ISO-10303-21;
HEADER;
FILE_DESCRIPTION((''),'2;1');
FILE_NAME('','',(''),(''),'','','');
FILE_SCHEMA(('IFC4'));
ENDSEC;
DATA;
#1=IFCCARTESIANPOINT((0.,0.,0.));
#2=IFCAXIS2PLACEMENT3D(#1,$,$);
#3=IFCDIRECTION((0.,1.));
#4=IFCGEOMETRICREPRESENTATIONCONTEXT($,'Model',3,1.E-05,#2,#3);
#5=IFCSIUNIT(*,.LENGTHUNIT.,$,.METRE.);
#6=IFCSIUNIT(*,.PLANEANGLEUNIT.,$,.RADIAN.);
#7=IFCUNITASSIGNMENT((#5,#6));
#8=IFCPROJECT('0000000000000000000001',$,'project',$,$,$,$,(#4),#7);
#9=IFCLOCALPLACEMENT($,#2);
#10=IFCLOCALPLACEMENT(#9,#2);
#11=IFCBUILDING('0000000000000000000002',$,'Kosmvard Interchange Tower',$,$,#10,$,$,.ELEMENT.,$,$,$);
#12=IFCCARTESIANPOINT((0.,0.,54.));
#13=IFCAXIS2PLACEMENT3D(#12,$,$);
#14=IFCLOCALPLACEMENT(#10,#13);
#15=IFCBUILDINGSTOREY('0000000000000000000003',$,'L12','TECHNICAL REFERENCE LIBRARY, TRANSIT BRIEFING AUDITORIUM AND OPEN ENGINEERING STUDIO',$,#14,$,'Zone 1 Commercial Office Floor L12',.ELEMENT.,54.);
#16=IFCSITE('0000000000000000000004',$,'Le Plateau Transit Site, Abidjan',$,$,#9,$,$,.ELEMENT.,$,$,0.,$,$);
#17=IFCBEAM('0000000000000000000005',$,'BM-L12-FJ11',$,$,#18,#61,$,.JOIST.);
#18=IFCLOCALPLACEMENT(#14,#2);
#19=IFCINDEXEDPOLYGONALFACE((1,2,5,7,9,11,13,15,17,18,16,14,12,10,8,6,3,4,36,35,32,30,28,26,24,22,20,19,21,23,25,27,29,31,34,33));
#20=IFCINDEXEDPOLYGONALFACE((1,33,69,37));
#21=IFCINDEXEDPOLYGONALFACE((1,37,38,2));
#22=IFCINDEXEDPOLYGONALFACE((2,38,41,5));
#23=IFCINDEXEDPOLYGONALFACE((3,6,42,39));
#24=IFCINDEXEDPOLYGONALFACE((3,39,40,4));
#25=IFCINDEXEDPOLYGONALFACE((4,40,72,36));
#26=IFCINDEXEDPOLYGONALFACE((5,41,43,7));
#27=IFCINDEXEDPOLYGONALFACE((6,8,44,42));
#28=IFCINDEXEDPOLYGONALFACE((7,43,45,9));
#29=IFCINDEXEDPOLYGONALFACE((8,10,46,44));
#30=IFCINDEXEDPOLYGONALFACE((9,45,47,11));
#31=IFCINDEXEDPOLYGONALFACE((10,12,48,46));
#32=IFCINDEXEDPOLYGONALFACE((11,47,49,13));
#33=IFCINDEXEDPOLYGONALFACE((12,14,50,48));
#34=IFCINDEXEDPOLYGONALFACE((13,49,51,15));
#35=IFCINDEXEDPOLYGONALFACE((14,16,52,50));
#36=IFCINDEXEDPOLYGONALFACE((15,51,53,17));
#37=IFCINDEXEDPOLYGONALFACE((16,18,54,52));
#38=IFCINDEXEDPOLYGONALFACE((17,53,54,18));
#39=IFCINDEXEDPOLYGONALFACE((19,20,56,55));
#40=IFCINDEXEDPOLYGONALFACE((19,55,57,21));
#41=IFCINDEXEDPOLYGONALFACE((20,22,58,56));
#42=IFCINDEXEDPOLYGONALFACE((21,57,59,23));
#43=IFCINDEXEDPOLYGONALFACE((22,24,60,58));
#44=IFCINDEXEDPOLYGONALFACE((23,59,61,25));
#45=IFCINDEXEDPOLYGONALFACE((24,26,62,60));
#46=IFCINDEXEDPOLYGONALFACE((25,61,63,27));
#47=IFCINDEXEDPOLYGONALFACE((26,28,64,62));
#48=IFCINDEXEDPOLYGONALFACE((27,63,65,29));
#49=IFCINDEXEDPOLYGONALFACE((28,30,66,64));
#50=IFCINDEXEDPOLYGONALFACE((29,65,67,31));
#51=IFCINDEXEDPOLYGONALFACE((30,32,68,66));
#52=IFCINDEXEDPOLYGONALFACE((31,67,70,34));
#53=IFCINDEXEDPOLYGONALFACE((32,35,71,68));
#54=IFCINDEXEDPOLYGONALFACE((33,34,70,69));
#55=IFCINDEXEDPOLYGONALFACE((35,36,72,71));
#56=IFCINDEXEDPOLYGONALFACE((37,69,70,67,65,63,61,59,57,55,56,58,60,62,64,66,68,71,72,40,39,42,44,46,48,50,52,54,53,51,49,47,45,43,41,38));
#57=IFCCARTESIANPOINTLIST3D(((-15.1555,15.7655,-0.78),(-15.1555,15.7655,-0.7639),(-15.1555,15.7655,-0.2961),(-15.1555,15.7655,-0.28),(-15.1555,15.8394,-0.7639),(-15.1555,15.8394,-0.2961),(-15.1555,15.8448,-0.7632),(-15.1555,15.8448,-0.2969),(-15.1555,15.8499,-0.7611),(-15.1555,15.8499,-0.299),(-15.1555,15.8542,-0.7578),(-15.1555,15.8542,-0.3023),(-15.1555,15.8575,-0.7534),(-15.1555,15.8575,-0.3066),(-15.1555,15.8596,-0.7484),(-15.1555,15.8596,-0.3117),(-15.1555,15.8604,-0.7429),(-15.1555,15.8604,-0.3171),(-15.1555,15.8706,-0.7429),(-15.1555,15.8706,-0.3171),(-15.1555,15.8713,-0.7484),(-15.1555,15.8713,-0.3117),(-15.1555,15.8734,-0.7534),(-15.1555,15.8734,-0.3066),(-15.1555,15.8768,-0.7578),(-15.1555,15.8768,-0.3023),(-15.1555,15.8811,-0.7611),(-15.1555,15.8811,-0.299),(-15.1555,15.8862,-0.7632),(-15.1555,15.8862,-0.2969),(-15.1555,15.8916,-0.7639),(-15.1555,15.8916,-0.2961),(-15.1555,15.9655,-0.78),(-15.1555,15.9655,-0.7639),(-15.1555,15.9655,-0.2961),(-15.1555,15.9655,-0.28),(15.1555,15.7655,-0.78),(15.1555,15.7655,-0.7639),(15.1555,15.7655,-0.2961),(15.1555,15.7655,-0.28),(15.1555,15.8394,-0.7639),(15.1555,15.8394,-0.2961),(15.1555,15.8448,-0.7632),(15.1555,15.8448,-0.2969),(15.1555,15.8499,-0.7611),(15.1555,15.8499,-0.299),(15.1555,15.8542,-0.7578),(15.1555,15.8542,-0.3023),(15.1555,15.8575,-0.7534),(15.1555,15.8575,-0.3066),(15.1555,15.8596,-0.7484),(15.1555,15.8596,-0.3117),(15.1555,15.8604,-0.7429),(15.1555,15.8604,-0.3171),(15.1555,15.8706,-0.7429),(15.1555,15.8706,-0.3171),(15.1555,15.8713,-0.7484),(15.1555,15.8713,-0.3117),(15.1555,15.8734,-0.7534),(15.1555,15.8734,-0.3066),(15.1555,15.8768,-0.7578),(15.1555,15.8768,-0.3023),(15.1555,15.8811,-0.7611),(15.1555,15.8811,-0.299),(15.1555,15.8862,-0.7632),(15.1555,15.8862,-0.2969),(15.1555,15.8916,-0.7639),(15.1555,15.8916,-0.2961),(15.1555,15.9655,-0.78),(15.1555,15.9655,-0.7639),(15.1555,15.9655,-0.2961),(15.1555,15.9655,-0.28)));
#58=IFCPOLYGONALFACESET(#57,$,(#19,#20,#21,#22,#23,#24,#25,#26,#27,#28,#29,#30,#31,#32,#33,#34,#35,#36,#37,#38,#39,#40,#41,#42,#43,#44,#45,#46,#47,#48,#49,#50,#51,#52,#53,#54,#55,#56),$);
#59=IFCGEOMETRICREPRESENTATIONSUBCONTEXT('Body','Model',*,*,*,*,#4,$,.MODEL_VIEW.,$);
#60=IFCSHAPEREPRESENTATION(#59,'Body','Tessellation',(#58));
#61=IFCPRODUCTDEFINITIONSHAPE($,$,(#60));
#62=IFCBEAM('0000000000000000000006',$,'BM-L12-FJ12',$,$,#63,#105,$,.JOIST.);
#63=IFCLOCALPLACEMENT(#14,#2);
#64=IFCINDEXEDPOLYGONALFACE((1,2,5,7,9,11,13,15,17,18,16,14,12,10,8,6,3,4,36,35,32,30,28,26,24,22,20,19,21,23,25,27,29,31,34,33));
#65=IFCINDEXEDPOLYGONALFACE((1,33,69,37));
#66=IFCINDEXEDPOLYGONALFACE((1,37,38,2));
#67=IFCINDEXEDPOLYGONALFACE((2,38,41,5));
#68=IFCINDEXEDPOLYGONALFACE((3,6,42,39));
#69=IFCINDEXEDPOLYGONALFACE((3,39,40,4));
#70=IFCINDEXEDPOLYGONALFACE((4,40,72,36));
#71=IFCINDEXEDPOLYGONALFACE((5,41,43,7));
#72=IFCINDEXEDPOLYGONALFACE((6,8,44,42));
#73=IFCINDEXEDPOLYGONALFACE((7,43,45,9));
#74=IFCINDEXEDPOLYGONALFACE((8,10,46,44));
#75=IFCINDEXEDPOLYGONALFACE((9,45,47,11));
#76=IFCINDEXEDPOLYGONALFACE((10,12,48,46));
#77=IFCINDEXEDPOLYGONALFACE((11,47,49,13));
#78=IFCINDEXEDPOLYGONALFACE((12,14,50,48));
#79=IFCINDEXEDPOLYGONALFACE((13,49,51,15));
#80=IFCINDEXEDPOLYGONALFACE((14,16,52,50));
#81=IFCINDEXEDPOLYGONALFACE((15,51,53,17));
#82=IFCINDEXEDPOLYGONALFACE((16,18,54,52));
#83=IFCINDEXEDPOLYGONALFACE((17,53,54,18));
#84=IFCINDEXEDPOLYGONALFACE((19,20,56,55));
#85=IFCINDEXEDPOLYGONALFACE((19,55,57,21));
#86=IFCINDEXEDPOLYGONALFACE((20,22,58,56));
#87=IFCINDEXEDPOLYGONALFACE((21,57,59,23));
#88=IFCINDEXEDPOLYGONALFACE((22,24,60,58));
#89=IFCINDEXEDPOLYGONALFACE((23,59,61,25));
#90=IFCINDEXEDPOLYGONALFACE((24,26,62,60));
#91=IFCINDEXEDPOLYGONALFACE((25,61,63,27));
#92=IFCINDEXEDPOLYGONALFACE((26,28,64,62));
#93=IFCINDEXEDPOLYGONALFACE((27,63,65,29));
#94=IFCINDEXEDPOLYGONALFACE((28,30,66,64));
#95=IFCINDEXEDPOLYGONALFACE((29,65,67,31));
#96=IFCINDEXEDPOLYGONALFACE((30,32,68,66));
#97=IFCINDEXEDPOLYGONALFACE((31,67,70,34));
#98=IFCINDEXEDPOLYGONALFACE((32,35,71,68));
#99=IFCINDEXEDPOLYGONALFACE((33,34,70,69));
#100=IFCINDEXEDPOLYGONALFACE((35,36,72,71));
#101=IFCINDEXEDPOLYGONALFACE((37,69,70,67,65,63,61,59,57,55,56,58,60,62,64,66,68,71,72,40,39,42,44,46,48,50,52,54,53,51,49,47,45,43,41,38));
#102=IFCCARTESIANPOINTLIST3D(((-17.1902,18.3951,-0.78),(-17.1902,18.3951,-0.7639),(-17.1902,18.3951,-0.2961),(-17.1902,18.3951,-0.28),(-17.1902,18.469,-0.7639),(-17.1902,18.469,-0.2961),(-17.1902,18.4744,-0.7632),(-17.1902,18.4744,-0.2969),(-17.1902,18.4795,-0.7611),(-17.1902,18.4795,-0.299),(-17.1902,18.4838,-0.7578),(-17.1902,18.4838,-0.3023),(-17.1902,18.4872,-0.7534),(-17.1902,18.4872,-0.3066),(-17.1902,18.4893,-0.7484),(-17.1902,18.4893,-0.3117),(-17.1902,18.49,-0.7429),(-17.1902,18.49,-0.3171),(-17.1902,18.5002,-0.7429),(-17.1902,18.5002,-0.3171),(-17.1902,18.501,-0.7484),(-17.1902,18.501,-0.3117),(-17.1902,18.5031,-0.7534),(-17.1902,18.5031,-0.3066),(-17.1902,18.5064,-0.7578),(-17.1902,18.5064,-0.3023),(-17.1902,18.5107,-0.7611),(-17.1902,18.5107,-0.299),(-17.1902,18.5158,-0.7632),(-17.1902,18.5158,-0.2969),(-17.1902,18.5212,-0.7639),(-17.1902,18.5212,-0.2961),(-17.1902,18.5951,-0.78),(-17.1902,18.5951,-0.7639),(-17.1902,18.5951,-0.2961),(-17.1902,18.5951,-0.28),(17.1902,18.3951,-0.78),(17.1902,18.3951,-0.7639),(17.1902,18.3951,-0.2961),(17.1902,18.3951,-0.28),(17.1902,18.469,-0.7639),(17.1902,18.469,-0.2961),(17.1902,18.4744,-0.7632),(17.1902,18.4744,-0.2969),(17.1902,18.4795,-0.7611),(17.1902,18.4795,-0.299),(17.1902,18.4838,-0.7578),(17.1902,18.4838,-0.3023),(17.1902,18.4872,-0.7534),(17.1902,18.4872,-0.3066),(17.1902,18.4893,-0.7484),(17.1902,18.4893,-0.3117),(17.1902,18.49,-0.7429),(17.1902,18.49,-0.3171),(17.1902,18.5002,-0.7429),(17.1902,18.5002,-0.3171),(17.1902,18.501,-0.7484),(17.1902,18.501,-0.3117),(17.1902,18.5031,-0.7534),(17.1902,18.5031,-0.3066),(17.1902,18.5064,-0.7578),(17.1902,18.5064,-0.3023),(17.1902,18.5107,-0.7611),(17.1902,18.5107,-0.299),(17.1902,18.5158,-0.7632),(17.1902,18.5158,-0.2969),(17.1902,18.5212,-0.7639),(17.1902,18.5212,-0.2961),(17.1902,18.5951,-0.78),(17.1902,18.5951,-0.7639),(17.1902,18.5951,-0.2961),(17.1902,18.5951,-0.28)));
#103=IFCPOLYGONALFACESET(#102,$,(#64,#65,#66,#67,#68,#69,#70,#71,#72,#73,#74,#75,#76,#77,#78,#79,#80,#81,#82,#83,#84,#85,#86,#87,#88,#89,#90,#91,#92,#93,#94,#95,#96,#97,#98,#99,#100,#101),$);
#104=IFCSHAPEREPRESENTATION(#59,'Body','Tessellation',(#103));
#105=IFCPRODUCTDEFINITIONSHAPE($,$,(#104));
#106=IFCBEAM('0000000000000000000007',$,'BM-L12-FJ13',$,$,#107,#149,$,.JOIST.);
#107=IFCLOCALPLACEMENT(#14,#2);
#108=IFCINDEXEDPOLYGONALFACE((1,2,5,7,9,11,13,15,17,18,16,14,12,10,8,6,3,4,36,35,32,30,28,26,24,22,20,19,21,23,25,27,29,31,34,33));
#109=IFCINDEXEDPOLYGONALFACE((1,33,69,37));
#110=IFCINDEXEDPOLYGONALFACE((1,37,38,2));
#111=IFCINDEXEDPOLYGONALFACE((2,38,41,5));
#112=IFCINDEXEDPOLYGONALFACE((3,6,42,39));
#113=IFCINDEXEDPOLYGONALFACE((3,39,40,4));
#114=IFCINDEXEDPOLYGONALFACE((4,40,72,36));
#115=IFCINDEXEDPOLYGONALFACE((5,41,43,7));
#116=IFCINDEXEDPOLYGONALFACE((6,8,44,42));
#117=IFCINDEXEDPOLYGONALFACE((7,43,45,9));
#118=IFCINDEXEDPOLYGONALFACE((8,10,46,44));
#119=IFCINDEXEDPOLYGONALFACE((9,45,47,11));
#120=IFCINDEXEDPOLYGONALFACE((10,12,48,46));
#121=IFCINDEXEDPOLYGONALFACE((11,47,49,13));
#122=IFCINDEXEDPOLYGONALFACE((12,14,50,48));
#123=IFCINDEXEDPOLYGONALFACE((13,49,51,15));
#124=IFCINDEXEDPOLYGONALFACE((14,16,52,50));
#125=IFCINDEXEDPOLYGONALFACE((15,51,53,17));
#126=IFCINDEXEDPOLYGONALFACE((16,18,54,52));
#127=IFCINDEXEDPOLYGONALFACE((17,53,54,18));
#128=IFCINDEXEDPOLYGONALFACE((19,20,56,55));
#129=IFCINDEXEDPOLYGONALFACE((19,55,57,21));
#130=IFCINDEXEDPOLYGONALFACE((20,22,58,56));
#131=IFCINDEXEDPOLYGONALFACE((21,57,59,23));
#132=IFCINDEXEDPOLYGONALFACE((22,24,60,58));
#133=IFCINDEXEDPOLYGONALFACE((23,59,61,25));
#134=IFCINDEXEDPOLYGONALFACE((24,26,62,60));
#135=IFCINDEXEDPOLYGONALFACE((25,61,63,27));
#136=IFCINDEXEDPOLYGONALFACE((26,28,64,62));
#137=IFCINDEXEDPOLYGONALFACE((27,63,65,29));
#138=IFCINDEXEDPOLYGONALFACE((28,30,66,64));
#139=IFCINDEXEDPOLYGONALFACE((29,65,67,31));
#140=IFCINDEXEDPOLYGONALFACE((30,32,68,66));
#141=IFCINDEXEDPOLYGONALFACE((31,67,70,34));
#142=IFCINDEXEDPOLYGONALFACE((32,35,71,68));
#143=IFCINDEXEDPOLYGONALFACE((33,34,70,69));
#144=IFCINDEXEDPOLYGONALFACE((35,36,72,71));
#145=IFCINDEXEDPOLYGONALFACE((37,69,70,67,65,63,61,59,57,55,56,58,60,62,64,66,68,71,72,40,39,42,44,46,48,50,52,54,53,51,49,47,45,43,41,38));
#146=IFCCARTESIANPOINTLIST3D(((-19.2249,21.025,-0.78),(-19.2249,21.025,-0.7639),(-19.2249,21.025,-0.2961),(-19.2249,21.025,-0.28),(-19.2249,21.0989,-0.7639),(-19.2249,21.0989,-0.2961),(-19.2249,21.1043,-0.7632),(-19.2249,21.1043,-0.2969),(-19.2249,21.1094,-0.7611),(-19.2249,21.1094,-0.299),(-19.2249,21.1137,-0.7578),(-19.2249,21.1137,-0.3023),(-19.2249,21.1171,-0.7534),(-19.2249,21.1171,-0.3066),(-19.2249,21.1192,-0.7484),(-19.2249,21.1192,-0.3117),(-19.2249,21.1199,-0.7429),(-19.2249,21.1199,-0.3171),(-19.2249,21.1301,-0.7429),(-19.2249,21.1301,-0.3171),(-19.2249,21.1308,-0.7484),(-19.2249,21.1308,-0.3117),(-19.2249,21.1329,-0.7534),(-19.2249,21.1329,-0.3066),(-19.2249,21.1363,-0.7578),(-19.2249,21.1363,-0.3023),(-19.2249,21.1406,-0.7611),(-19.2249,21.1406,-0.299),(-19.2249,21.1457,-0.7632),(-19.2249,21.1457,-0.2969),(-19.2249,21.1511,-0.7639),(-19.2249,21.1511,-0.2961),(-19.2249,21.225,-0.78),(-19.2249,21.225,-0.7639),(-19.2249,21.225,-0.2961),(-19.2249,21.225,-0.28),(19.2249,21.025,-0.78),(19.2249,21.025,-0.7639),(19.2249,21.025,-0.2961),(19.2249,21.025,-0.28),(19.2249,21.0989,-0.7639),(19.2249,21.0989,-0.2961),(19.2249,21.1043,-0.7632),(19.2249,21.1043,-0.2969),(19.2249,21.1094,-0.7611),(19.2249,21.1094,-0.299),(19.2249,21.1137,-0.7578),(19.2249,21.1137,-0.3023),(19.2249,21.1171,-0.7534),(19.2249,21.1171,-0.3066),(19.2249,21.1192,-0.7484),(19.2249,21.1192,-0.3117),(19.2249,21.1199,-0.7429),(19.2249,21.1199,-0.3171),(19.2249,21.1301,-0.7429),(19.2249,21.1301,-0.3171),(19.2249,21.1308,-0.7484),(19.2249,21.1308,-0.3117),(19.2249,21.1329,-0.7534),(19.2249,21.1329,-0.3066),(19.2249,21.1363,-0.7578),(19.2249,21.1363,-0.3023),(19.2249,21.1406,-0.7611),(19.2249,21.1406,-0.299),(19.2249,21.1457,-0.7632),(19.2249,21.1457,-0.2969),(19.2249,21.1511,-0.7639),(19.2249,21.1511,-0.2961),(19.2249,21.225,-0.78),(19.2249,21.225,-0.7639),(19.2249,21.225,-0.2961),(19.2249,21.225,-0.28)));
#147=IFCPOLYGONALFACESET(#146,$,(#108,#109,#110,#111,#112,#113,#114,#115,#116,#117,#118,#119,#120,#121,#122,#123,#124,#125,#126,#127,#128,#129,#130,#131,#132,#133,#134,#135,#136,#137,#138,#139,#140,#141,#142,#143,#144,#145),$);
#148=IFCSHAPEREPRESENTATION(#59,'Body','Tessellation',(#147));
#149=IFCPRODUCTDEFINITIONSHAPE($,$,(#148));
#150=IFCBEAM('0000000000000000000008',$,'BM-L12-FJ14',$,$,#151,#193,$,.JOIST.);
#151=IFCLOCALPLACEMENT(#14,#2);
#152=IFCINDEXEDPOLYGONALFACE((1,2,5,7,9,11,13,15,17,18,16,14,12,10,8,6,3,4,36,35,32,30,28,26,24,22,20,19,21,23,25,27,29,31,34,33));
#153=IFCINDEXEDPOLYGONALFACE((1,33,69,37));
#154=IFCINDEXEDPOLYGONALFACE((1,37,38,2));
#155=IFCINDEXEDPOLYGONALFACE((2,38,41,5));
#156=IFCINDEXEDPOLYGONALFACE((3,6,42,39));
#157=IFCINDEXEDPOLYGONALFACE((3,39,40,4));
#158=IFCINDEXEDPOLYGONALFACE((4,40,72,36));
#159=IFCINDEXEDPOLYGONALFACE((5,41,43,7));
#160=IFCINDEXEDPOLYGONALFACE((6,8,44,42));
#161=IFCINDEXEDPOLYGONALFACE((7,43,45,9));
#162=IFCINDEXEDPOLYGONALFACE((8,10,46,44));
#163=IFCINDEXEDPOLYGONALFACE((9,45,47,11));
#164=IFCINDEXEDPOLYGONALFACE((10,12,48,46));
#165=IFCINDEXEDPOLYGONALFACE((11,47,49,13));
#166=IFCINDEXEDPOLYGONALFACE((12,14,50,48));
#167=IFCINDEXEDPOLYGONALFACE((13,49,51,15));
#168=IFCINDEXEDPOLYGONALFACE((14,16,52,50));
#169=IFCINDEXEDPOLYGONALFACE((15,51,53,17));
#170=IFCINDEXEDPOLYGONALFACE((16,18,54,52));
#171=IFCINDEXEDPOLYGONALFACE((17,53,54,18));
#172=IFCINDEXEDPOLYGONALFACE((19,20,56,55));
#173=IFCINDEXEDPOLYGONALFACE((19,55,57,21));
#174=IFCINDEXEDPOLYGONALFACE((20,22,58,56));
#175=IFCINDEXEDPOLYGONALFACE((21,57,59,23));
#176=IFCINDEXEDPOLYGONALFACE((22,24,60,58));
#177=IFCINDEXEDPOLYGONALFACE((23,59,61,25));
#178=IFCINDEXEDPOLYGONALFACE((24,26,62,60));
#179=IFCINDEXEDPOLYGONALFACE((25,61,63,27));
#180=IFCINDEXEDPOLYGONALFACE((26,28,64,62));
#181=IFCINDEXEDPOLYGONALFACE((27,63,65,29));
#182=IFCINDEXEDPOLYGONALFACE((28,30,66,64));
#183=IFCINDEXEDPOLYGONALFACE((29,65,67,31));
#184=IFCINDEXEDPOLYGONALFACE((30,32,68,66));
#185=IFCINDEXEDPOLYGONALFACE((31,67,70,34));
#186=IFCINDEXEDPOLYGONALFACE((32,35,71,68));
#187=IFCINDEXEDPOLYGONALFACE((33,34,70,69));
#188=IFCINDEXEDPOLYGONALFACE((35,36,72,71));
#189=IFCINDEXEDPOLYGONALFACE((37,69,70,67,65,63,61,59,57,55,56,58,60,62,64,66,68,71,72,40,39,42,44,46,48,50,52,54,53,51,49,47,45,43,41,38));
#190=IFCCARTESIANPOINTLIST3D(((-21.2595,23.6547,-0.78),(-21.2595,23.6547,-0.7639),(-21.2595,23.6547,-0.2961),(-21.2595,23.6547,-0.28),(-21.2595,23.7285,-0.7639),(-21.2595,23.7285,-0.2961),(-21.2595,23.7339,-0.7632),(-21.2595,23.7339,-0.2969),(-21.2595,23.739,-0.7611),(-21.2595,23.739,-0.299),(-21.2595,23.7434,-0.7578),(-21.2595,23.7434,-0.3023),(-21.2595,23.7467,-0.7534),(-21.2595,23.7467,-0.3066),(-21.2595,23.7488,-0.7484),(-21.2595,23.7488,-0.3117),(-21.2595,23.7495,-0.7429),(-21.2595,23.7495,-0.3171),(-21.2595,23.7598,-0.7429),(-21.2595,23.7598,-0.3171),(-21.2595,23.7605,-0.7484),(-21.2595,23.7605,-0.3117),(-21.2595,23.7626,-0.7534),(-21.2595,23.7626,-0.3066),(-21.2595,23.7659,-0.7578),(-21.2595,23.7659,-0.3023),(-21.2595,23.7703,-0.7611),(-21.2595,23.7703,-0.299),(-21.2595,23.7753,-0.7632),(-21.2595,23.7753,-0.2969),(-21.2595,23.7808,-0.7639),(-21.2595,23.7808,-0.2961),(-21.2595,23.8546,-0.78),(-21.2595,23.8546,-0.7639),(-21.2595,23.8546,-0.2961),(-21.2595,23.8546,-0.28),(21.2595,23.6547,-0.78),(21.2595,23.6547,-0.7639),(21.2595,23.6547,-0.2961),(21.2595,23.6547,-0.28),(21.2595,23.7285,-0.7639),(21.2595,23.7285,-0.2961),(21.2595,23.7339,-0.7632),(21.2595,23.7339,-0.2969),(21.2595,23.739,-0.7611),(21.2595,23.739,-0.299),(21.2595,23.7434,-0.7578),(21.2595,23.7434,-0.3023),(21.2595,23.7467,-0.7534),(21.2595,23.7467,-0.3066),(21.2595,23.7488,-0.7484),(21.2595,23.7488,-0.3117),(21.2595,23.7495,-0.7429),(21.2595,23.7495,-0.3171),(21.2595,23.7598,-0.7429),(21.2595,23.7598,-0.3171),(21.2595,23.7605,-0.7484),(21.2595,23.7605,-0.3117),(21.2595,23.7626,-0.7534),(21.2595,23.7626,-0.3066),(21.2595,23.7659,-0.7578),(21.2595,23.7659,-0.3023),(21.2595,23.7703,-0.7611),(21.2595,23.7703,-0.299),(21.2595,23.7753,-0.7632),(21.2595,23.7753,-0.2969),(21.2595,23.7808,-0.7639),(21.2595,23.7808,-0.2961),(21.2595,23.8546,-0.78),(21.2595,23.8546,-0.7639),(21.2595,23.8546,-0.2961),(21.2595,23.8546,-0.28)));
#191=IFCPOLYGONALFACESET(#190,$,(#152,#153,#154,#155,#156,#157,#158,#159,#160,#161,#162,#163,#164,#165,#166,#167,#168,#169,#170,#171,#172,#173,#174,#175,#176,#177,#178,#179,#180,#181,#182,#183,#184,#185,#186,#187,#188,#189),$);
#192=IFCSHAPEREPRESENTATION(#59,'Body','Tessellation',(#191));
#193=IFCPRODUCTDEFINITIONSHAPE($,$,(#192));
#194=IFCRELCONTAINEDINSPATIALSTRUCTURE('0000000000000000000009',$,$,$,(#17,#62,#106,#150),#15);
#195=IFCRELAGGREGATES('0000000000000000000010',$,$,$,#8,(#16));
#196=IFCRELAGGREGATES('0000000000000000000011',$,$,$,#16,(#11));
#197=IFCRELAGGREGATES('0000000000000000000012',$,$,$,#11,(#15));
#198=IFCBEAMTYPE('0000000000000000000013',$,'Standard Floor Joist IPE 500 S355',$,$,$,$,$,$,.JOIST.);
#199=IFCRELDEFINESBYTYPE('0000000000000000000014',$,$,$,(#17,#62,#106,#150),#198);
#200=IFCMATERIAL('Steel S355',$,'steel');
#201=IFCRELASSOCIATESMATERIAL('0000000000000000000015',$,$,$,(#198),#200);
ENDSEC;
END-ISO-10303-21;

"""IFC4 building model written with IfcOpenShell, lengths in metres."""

from ifc_helpers import new_model, si_unit, direction, frame, origin, origin_2d, place, context, subcontext, project, spatial, i_section, extrude, source, transform, mapped, material, material_profile, profile_set, type_object, element, save


model = new_model("IFC4")

# Units and contexts
model_context = context("Model", 3, precision=1e-05, world=origin(), true_north=direction((0.0, 1.0)))
body_context = subcontext(model_context, "Body", "Model", "MODEL_VIEW")
ifc_project = project(units=[si_unit("LENGTHUNIT", "METRE"), si_unit("PLANEANGLEUNIT", "RADIAN")], contexts=[model_context])

# Site, building, storey
site_placement = place(None, origin())
site = spatial("IfcSite", under=ifc_project, at=site_placement, Name="Le Plateau Transit Site, Abidjan", CompositionType="ELEMENT", RefElevation=0.0)
building_placement = place(site_placement, origin())
building = spatial("IfcBuilding", under=site, at=building_placement, Name="Kosmvard Interchange Tower", CompositionType="ELEMENT")
storey_placement = place(building_placement, frame((0.0, 0.0, 54.0)))
storey = spatial("IfcBuildingStorey", under=building, at=storey_placement, Name="L12", Description="TECHNICAL REFERENCE LIBRARY, TRANSIT BRIEFING AUDITORIUM AND OPEN ENGINEERING STUDIO", LongName="Zone 1 Commercial Office Floor L12", CompositionType="ELEMENT", Elevation=54.0)

# Beams
ifc_material_1 = material(Name="Steel S355", Category="steel")
ifc_material_profile_1 = material_profile(ifc_material_1, i_section(OverallWidth=0.2, OverallDepth=0.5, WebThickness=0.0103, FlangeThickness=0.0161, FilletRadius=0.021, at=origin_2d()), Name="IPE 500")
ifc_profile_set_1 = profile_set([ifc_material_profile_1], Name="Steel S355")
beam_type_1 = type_object("IfcBeamType", Name="Standard Floor Joist IPE 500 S355", PredefinedType="JOIST", material=ifc_profile_set_1)
shared_shape_1 = source(origin(), body_context, "Body", "SweptSolid", [
    extrude(i_section(OverallWidth=0.2, OverallDepth=0.5, WebThickness=0.0103, FlangeThickness=0.0161, FilletRadius=0.021, at=origin_2d()), origin(), (0.0, 0.0, 1.0), 30.311),
])
beam_1_placement = place(storey_placement, frame((15.1555, 15.8655, -0.53), z_axis=(-1.0, 0.0, 0.0), x_axis=(0.0, -1.0, 0.0)))
element("IfcBeam", 1, at=beam_1_placement, inside=storey, type_object=beam_type_1, Name="BM-L12-FJ11", PredefinedType="JOIST", context=body_context, shape_type="MappedRepresentation", body=[
    mapped(shared_shape_1, transform((0.0, 0.0, 0.0), scale=1.0)),
])
shared_shape_2 = source(origin(), body_context, "Body", "SweptSolid", [
    extrude(i_section(OverallWidth=0.2, OverallDepth=0.5, WebThickness=0.0103, FlangeThickness=0.0161, FilletRadius=0.021, at=origin_2d()), origin(), (0.0, 0.0, 1.0), 34.3804),
])
beam_2_placement = place(storey_placement, frame((17.1902, 18.4951, -0.53), z_axis=(-1.0, 0.0, 0.0), x_axis=(0.0, -1.0, 0.0)))
element("IfcBeam", 2, at=beam_2_placement, inside=storey, type_object=beam_type_1, Name="BM-L12-FJ12", PredefinedType="JOIST", context=body_context, shape_type="MappedRepresentation", body=[
    mapped(shared_shape_2, transform((0.0, 0.0, 0.0), scale=1.0)),
])
shared_shape_3 = source(origin(), body_context, "Body", "SweptSolid", [
    extrude(i_section(OverallWidth=0.2, OverallDepth=0.5, WebThickness=0.0103, FlangeThickness=0.0161, FilletRadius=0.021, at=origin_2d()), origin(), (0.0, 0.0, 1.0), 38.4497),
])
beam_3_placement = place(storey_placement, frame((19.2249, 21.125, -0.53), z_axis=(-1.0, 0.0, 0.0), x_axis=(0.0, -1.0, 0.0)))
element("IfcBeam", 3, at=beam_3_placement, inside=storey, type_object=beam_type_1, Name="BM-L12-FJ13", PredefinedType="JOIST", context=body_context, shape_type="MappedRepresentation", body=[
    mapped(shared_shape_3, transform((0.0, 0.0, 0.0), scale=1.0)),
])
shared_shape_4 = source(origin(), body_context, "Body", "SweptSolid", [
    extrude(i_section(OverallWidth=0.2, OverallDepth=0.5, WebThickness=0.0103, FlangeThickness=0.0161, FilletRadius=0.021, at=origin_2d()), origin(), (0.0, 0.0, 1.0), 42.519),
])
beam_4_placement = place(storey_placement, frame((21.2595, 23.7546, -0.53), z_axis=(-1.0, 0.0, 0.0), x_axis=(0.0, -1.0, 0.0)))
element("IfcBeam", 4, at=beam_4_placement, inside=storey, type_object=beam_type_1, Name="BM-L12-FJ14", PredefinedType="JOIST", context=body_context, shape_type="MappedRepresentation", body=[
    mapped(shared_shape_4, transform((0.0, 0.0, 0.0), scale=1.0)),
])

save(model, "model.ifc")
